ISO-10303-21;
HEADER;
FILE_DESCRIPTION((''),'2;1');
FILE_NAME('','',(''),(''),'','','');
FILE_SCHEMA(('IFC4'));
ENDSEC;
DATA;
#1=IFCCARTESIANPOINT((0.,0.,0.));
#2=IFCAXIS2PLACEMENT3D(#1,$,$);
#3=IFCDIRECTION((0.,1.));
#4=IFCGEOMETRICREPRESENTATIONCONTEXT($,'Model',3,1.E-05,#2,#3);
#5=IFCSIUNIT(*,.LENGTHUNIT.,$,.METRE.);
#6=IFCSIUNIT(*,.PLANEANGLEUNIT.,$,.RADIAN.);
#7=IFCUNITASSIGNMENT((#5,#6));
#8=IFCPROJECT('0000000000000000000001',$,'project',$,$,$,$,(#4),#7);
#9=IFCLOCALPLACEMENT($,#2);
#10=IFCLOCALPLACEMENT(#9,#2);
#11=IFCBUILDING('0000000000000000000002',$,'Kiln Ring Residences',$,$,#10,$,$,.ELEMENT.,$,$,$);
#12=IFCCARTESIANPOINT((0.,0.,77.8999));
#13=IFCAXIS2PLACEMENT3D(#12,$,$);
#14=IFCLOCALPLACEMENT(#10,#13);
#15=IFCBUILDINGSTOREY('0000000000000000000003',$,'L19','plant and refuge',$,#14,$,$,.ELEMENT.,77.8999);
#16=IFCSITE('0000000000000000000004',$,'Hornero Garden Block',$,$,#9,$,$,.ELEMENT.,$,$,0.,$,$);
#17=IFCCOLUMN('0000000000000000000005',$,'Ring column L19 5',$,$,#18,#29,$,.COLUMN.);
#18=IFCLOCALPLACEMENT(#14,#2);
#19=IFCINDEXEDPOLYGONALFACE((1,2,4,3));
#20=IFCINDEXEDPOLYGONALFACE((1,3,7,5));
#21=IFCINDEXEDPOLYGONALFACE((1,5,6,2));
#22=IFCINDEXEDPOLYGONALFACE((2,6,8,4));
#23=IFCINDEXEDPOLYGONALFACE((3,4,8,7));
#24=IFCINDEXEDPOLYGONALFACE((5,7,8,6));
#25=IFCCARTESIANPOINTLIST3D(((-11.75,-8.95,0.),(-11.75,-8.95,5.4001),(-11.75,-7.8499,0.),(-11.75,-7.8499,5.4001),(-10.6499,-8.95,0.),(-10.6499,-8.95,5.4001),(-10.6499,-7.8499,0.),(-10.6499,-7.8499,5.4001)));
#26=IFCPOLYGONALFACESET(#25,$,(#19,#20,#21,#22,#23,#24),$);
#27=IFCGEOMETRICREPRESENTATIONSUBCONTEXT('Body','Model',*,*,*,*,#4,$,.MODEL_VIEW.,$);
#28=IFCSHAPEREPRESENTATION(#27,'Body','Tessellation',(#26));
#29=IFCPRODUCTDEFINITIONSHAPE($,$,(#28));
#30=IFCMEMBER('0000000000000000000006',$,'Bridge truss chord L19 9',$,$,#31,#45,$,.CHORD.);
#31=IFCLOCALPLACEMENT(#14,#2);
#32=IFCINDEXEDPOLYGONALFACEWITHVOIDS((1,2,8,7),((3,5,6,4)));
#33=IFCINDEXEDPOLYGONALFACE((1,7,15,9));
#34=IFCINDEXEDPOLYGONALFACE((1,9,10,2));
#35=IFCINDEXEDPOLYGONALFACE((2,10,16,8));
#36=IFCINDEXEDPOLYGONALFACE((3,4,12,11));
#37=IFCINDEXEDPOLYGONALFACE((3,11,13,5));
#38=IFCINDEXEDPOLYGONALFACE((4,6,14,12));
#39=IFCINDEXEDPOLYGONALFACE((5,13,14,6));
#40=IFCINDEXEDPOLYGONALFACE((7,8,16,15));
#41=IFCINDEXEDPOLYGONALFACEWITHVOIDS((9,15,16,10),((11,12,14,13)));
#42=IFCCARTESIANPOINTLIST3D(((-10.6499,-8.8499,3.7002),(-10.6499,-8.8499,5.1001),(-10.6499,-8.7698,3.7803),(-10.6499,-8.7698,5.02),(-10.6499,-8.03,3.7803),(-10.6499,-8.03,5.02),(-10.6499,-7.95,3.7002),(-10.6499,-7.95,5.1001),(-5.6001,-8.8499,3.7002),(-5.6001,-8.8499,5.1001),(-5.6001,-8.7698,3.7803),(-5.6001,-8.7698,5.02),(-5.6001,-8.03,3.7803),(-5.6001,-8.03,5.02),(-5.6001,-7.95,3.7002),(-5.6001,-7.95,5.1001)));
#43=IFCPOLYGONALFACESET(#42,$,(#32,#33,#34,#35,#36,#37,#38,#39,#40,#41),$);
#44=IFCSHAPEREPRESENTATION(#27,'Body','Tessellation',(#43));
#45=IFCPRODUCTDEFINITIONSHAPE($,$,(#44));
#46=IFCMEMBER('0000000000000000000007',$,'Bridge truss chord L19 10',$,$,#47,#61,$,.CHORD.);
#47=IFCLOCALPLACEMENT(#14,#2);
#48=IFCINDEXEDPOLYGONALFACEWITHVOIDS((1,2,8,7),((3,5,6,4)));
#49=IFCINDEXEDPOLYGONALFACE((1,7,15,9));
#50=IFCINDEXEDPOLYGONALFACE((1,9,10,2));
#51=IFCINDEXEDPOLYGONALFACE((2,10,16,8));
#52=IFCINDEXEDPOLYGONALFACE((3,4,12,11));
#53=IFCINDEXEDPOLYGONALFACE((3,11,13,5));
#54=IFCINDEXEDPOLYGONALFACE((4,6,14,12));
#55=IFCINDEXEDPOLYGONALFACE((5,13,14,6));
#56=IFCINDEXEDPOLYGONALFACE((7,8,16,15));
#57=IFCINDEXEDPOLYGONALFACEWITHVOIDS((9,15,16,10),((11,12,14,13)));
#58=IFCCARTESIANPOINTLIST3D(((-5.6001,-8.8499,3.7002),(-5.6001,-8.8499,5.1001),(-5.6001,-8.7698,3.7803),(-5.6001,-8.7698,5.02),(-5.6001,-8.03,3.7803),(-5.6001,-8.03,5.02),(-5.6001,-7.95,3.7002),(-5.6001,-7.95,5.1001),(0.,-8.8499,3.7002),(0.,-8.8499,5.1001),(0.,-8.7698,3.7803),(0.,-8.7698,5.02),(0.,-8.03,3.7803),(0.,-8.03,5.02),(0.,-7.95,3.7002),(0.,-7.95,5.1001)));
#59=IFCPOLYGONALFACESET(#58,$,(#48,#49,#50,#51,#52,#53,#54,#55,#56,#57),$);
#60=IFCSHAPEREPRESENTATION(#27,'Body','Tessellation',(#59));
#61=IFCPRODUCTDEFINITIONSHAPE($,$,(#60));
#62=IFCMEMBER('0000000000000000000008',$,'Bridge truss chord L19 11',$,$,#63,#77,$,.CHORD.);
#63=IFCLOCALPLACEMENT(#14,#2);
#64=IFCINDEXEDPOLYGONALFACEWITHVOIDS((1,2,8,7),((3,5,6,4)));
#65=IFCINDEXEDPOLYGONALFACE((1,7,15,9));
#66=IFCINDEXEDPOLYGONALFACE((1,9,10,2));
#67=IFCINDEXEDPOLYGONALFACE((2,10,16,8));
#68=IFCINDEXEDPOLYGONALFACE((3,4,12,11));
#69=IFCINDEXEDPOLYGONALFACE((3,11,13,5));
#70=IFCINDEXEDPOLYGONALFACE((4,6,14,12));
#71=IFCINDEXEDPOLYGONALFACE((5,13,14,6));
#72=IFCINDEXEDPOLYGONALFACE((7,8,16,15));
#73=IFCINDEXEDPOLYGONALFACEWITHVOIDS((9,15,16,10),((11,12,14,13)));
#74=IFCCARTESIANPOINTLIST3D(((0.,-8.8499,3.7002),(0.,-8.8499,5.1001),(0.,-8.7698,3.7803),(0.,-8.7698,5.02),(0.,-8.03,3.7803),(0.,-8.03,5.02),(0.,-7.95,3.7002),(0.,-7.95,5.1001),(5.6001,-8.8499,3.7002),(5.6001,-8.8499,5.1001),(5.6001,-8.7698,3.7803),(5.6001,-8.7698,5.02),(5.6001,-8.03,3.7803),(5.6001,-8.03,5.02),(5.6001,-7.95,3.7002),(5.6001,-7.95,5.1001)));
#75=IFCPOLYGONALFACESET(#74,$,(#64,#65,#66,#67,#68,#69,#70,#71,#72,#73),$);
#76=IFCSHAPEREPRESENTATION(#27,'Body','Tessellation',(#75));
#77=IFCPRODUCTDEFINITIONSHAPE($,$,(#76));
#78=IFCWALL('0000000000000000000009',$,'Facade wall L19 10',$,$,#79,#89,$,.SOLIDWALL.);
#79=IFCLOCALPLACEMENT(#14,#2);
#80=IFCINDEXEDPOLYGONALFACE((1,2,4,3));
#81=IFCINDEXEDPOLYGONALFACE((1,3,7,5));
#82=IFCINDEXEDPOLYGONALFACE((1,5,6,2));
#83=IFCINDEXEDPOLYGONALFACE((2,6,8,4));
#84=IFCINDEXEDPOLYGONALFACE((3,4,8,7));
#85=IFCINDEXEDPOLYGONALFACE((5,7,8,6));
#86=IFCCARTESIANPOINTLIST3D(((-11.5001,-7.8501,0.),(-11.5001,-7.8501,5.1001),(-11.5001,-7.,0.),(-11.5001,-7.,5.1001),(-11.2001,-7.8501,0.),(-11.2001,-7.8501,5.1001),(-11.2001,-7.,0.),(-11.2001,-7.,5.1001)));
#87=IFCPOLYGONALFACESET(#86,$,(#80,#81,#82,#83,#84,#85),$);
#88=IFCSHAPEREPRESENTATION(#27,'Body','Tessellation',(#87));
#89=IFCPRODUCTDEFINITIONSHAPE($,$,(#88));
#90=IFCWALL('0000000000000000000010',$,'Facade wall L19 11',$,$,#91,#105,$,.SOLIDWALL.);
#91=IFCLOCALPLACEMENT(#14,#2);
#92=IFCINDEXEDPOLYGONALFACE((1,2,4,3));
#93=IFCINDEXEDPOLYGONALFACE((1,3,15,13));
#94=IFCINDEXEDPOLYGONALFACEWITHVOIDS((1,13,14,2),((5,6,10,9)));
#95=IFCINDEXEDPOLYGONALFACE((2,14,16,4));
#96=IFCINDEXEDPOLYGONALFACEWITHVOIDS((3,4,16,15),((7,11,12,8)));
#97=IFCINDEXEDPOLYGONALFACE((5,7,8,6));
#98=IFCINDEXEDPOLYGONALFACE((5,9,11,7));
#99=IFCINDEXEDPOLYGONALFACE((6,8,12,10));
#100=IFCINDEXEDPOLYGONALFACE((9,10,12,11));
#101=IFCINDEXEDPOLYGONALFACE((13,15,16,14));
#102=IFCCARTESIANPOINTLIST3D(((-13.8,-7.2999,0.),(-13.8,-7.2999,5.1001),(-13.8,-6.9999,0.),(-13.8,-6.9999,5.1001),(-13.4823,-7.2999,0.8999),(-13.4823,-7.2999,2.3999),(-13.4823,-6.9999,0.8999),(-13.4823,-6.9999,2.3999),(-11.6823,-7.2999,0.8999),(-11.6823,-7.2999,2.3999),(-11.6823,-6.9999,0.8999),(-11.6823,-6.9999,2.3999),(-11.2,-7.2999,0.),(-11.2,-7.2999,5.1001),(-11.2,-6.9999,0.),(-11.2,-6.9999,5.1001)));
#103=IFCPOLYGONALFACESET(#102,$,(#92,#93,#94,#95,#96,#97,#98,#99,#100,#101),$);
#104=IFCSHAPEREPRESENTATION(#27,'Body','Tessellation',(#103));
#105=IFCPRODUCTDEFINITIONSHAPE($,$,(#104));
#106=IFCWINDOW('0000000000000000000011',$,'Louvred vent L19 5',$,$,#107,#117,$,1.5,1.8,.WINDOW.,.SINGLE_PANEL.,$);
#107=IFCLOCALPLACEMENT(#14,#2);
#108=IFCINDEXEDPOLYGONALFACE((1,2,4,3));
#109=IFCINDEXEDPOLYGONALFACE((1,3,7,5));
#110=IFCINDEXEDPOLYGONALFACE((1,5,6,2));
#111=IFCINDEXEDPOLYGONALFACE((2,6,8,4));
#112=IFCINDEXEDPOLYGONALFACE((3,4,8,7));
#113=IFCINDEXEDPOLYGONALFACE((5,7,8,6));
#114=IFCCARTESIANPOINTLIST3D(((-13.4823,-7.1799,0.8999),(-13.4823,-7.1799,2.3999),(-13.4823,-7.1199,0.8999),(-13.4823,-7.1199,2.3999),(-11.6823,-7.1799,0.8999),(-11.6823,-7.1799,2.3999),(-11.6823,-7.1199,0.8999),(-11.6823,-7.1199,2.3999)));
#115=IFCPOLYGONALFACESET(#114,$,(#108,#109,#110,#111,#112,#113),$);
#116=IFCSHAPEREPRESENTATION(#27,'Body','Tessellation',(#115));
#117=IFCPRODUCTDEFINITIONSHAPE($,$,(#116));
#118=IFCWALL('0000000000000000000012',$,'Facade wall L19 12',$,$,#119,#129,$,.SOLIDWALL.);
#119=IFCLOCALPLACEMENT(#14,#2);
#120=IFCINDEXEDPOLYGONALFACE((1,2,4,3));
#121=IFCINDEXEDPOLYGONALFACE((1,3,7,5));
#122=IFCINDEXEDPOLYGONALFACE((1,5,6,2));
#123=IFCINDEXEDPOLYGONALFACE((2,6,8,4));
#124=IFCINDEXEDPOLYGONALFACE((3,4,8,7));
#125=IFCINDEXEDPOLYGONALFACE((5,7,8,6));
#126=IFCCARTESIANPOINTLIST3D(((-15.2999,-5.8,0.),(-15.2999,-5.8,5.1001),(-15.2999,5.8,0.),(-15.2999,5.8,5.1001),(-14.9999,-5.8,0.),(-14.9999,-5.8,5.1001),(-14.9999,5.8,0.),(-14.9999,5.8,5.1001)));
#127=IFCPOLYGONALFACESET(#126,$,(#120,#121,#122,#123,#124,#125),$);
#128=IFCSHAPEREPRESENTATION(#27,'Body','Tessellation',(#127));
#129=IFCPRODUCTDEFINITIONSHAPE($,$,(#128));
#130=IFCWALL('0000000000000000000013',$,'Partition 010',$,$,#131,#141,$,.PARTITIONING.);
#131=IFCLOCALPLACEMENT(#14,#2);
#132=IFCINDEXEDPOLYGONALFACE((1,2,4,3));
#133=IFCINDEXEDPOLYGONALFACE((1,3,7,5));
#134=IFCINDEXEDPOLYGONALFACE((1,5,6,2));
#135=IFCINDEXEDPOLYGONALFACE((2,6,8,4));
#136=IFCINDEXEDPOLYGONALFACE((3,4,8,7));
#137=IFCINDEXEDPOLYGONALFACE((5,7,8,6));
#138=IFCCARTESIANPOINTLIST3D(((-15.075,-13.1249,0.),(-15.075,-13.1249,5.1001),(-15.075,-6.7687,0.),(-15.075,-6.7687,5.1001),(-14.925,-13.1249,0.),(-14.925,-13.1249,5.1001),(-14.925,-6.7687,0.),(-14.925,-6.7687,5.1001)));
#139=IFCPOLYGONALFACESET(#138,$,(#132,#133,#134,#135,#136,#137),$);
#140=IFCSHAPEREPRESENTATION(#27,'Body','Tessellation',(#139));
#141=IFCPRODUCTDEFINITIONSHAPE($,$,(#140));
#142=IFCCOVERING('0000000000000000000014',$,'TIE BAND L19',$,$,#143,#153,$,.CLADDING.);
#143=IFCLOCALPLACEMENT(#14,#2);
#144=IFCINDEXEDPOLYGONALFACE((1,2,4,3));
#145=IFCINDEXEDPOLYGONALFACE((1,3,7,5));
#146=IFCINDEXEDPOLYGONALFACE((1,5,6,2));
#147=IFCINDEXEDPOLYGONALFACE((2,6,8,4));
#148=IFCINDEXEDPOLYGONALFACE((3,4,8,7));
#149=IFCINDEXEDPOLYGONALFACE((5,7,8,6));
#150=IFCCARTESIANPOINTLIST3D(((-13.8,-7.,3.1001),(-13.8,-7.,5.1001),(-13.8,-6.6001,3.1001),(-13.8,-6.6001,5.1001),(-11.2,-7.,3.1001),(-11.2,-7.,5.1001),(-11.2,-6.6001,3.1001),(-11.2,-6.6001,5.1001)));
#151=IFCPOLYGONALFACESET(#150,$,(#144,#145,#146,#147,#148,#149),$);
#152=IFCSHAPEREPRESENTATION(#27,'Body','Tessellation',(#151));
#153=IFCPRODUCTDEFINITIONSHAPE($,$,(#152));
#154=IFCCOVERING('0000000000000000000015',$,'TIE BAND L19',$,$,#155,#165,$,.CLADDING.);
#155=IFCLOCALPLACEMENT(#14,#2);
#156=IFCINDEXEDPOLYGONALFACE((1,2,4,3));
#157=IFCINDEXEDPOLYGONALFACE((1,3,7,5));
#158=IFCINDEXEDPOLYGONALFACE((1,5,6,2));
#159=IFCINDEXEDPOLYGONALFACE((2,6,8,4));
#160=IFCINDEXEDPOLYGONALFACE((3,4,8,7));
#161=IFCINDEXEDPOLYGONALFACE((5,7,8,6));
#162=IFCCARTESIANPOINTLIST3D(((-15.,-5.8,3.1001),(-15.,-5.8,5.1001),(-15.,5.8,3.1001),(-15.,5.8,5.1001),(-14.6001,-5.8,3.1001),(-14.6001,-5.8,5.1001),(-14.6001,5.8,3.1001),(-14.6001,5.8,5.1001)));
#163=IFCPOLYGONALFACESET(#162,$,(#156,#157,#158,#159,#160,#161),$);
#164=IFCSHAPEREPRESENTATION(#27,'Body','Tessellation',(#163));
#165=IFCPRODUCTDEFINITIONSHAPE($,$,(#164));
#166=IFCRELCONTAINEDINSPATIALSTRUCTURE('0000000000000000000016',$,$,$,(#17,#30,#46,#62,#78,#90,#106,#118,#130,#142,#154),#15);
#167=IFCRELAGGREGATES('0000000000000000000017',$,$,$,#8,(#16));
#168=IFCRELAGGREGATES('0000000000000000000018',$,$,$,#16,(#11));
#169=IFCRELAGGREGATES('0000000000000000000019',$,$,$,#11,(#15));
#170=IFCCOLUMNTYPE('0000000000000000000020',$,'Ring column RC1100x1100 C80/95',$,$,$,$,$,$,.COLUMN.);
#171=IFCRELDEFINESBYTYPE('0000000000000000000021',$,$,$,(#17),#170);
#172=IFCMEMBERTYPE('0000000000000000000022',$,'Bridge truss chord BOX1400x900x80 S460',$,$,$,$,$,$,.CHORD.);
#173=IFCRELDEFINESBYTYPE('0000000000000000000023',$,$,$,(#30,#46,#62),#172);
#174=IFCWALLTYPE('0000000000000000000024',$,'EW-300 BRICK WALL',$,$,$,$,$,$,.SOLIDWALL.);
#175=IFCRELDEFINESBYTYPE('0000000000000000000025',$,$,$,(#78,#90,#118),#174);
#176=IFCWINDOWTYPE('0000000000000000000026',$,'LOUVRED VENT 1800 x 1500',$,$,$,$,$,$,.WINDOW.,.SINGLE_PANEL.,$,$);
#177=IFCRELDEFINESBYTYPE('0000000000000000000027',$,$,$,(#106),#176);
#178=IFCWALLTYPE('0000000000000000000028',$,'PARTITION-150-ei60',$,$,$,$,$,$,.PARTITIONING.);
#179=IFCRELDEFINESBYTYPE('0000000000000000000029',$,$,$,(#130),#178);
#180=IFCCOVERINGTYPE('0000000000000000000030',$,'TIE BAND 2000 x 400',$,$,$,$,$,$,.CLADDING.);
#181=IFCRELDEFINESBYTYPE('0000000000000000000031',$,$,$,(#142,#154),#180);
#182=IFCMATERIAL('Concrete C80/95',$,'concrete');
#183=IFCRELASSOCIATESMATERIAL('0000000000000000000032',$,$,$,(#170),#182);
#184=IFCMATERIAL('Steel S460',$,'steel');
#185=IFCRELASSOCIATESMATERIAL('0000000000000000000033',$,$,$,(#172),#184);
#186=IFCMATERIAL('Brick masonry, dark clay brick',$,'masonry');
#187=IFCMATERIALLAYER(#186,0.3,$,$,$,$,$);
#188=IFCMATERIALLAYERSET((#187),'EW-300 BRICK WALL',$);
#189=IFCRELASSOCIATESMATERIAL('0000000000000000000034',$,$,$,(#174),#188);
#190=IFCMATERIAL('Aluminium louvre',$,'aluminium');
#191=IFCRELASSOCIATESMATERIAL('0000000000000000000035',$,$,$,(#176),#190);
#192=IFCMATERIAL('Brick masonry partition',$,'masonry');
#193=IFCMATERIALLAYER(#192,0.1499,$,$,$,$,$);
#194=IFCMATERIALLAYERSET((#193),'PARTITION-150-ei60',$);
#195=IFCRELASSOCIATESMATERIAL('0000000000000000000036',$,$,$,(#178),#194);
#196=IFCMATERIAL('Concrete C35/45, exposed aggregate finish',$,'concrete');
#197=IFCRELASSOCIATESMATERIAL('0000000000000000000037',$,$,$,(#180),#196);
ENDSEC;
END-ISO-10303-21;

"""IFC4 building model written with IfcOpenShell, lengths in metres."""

from ifc_helpers import new_model, si_unit, direction, frame, frame_2d, origin, origin_2d, place, context, subcontext, project, spatial, rectangle, hollow_rectangle, extrude, material, layer, layer_set, material_profile, profile_set, type_object, element, fill, save


model = new_model("IFC4")

# Units and contexts
model_context = context("Model", 3, precision=1e-05, world=origin(), true_north=direction((0.0, 1.0)))
body_context = subcontext(model_context, "Body", "Model", "MODEL_VIEW")
ifc_project = project(units=[si_unit("LENGTHUNIT", "METRE"), si_unit("PLANEANGLEUNIT", "RADIAN")], contexts=[model_context])

# Site, building, storey
site_placement = place(None, origin())
site = spatial("IfcSite", under=ifc_project, at=site_placement, Name="Hornero Garden Block", CompositionType="ELEMENT", RefElevation=0.0)
building_placement = place(site_placement, origin())
building = spatial("IfcBuilding", under=site, at=building_placement, Name="Kiln Ring Residences", CompositionType="ELEMENT")
storey_placement = place(building_placement, frame((0.0, 0.0, 77.8999)))
storey = spatial("IfcBuildingStorey", under=building, at=storey_placement, Name="L19", Description="plant and refuge", CompositionType="ELEMENT", Elevation=77.8999)

# Column
ifc_material_1 = material(Name="Concrete C80/95", Category="concrete")
ifc_material_profile_1 = material_profile(ifc_material_1, rectangle(XDim=1.1001, YDim=1.1001, at=origin_2d()), Name="RC1100x1100")
ifc_profile_set_1 = profile_set([ifc_material_profile_1], Name="Concrete C80/95")
column_type = type_object("IfcColumnType", Name="Ring column RC1100x1100 C80/95", PredefinedType="COLUMN", material=ifc_profile_set_1)
column_placement = place(storey_placement, frame((-11.2, -8.3999, 0.0), z_axis=(0.0, 0.0, 1.0), x_axis=(1.0, 0.0, 0.0)))
element("IfcColumn", 1, at=column_placement, inside=storey, type_object=column_type, Name="Ring column L19 5", PredefinedType="COLUMN", context=body_context, shape_type="SweptSolid", body=[
    extrude(rectangle(XDim=1.1001, YDim=1.1001, at=origin_2d()), origin(), (0.0, 0.0, 1.0), 5.4001),
])

# Members
ifc_material_2 = material(Name="Steel S460", Category="steel")
ifc_material_profile_2 = material_profile(ifc_material_2, hollow_rectangle(XDim=0.8999, YDim=1.3999, WallThickness=0.0801, at=origin_2d()), Name="BOX1400x900x80")
ifc_profile_set_2 = profile_set([ifc_material_profile_2], Name="Steel S460")
member_type = type_object("IfcMemberType", Name="Bridge truss chord BOX1400x900x80 S460", PredefinedType="CHORD", material=ifc_profile_set_2)
member_placement = place(storey_placement, frame((-10.6499, -8.3999, 4.4001), z_axis=(1.0, 0.0, 0.0), x_axis=(0.0, 1.0, 0.0)))
element("IfcMember", 2, at=member_placement, inside=storey, type_object=member_type, Name="Bridge truss chord L19 9", PredefinedType="CHORD", context=body_context, shape_type="SweptSolid", body=[
    extrude(hollow_rectangle(XDim=0.8999, YDim=1.3999, WallThickness=0.0801, at=origin_2d()), origin(), (0.0, 0.0, 1.0), 5.0498),
])
for number, where, z_axis, x_axis, name in (
    (3, (-5.6001, -8.3999, 4.4001), (1.0, 0.0, 0.0), (0.0, 1.0, 0.0), "Bridge truss chord L19 10"),
    (4, (0.0, -8.3999, 4.4001), (1.0, 0.0, 0.0), (0.0, 1.0, 0.0), "Bridge truss chord L19 11"),
):
    element("IfcMember", number, at=place(storey_placement, frame(where, z_axis=z_axis, x_axis=x_axis)), inside=storey, type_object=member_type, Name=name, PredefinedType="CHORD", context=body_context, shape_type="SweptSolid", body=[
        extrude(hollow_rectangle(XDim=0.8999, YDim=1.3999, WallThickness=0.0801, at=origin_2d()), origin(), (0.0, 0.0, 1.0), 5.6001),
    ])

# Wall
ifc_material_3 = material(Name="Brick masonry, dark clay brick", Category="masonry")
ifc_layer_1 = layer(ifc_material_3, 0.3)
ifc_layer_set_1 = layer_set([ifc_layer_1], Name="EW-300 BRICK WALL")
wall_type_1 = type_object("IfcWallType", Name="EW-300 BRICK WALL", PredefinedType="SOLIDWALL", material=ifc_layer_set_1)
wall_1_placement = place(storey_placement, frame((-11.3501, -7.8501, 0.0), z_axis=(0.0, 0.0, 1.0), x_axis=(0.0, 1.0, 0.0)))
element("IfcWall", 5, at=wall_1_placement, inside=storey, type_object=wall_type_1, Name="Facade wall L19 10", PredefinedType="SOLIDWALL", context=body_context, shape_type="SweptSolid", body=[
    extrude(rectangle(XDim=0.8501, YDim=0.3, at=frame_2d((0.425, 0.0))), origin(), (0.0, 0.0, 1.0), 5.1001),
])

# Wall, opening, window
wall_2_placement = place(storey_placement, frame((-11.2, -7.1499, 0.0), z_axis=(0.0, 0.0, 1.0), x_axis=(-1.0, 0.0, 0.0)))
wall_2 = element("IfcWall", 6, at=wall_2_placement, inside=storey, type_object=wall_type_1, Name="Facade wall L19 11", PredefinedType="SOLIDWALL", context=body_context, shape_type="SweptSolid", body=[
    extrude(rectangle(XDim=2.6001, YDim=0.3, at=frame_2d((1.3, 0.0))), origin(), (0.0, 0.0, 1.0), 5.1001),
])
opening_placement = place(wall_2_placement, frame((0.4824, 0.0, 0.8999)))
opening = element("IfcOpeningElement", 7, at=opening_placement, cuts=wall_2, PredefinedType="OPENING", context=body_context, shape_type="SweptSolid", body=[
    extrude(rectangle(XDim=1.8, YDim=1.5, at=frame_2d((0.8999, 0.75))), frame((0.0, 0.1599, 0.0), z_axis=(0.0, -1.0, 0.0), x_axis=(1.0, 0.0, 0.0)), (0.0, 0.0, 1.0), 0.3201),
])
ifc_material_4 = material(Name="Aluminium louvre", Category="aluminium")
window_type = type_object("IfcWindowType", Name="LOUVRED VENT 1800 x 1500", PartitioningType="SINGLE_PANEL", PredefinedType="WINDOW", material=ifc_material_4)
window_placement = place(opening_placement, origin())
window = element("IfcWindow", 8, at=window_placement, inside=storey, type_object=window_type, Name="Louvred vent L19 5", OverallHeight=1.5, OverallWidth=1.8, PartitioningType="SINGLE_PANEL", PredefinedType="WINDOW", context=body_context, shape_type="SweptSolid", body=[
    extrude(rectangle(XDim=1.8, YDim=1.5, at=frame_2d((0.8999, 0.75))), frame((0.0, 0.03, 0.0), z_axis=(0.0, -1.0, 0.0), x_axis=(1.0, 0.0, 0.0)), (0.0, 0.0, 1.0), 0.0601),
])
fill(opening, window)

# Walls
wall_3_placement = place(storey_placement, frame((-15.1499, -5.8, 0.0), z_axis=(0.0, 0.0, 1.0), x_axis=(0.0, 1.0, 0.0)))
element("IfcWall", 9, at=wall_3_placement, inside=storey, type_object=wall_type_1, Name="Facade wall L19 12", PredefinedType="SOLIDWALL", context=body_context, shape_type="SweptSolid", body=[
    extrude(rectangle(XDim=11.6001, YDim=0.3, at=frame_2d((5.8, 0.0))), origin(), (0.0, 0.0, 1.0), 5.1001),
])
ifc_material_5 = material(Name="Brick masonry partition", Category="masonry")
ifc_layer_2 = layer(ifc_material_5, 0.1499)
ifc_layer_set_2 = layer_set([ifc_layer_2], Name="PARTITION-150-ei60")
wall_type_2 = type_object("IfcWallType", Name="PARTITION-150-ei60", PredefinedType="PARTITIONING", material=ifc_layer_set_2)
wall_4_placement = place(storey_placement, frame((-15.0, -13.125, 0.0), z_axis=(0.0, 0.0, 1.0), x_axis=(0.0, 1.0, 0.0)))
element("IfcWall", 10, at=wall_4_placement, inside=storey, type_object=wall_type_2, Name="Partition 010", PredefinedType="PARTITIONING", context=body_context, shape_type="SweptSolid", body=[
    extrude(rectangle(XDim=6.3562, YDim=0.1499, at=frame_2d((3.1782, 0.0))), origin(), (0.0, 0.0, 1.0), 5.1001),
])

# Coverings
ifc_material_6 = material(Name="Concrete C35/45, exposed aggregate finish", Category="concrete")
covering_type = type_object("IfcCoveringType", Name="TIE BAND 2000 x 400", PredefinedType="CLADDING", material=ifc_material_6)
covering_1_placement = place(storey_placement, frame((-12.5, -6.8, 3.1001), z_axis=(0.0, 0.0, 1.0), x_axis=(-1.0, 0.0, 0.0)))
element("IfcCovering", 11, at=covering_1_placement, inside=storey, type_object=covering_type, Name="TIE BAND L19", PredefinedType="CLADDING", context=body_context, shape_type="SweptSolid", body=[
    extrude(rectangle(XDim=2.6001, YDim=0.3999, at=origin_2d()), origin(), (0.0, 0.0, 1.0), 2.0),
])
covering_2_placement = place(storey_placement, frame((-14.8, 0.0, 3.1001), z_axis=(0.0, 0.0, 1.0), x_axis=(0.0, 1.0, 0.0)))
element("IfcCovering", 12, at=covering_2_placement, inside=storey, type_object=covering_type, Name="TIE BAND L19", PredefinedType="CLADDING", context=body_context, shape_type="SweptSolid", body=[
    extrude(rectangle(XDim=11.6001, YDim=0.3999, at=origin_2d()), origin(), (0.0, 0.0, 1.0), 2.0),
])

save(model, "model.ifc")
